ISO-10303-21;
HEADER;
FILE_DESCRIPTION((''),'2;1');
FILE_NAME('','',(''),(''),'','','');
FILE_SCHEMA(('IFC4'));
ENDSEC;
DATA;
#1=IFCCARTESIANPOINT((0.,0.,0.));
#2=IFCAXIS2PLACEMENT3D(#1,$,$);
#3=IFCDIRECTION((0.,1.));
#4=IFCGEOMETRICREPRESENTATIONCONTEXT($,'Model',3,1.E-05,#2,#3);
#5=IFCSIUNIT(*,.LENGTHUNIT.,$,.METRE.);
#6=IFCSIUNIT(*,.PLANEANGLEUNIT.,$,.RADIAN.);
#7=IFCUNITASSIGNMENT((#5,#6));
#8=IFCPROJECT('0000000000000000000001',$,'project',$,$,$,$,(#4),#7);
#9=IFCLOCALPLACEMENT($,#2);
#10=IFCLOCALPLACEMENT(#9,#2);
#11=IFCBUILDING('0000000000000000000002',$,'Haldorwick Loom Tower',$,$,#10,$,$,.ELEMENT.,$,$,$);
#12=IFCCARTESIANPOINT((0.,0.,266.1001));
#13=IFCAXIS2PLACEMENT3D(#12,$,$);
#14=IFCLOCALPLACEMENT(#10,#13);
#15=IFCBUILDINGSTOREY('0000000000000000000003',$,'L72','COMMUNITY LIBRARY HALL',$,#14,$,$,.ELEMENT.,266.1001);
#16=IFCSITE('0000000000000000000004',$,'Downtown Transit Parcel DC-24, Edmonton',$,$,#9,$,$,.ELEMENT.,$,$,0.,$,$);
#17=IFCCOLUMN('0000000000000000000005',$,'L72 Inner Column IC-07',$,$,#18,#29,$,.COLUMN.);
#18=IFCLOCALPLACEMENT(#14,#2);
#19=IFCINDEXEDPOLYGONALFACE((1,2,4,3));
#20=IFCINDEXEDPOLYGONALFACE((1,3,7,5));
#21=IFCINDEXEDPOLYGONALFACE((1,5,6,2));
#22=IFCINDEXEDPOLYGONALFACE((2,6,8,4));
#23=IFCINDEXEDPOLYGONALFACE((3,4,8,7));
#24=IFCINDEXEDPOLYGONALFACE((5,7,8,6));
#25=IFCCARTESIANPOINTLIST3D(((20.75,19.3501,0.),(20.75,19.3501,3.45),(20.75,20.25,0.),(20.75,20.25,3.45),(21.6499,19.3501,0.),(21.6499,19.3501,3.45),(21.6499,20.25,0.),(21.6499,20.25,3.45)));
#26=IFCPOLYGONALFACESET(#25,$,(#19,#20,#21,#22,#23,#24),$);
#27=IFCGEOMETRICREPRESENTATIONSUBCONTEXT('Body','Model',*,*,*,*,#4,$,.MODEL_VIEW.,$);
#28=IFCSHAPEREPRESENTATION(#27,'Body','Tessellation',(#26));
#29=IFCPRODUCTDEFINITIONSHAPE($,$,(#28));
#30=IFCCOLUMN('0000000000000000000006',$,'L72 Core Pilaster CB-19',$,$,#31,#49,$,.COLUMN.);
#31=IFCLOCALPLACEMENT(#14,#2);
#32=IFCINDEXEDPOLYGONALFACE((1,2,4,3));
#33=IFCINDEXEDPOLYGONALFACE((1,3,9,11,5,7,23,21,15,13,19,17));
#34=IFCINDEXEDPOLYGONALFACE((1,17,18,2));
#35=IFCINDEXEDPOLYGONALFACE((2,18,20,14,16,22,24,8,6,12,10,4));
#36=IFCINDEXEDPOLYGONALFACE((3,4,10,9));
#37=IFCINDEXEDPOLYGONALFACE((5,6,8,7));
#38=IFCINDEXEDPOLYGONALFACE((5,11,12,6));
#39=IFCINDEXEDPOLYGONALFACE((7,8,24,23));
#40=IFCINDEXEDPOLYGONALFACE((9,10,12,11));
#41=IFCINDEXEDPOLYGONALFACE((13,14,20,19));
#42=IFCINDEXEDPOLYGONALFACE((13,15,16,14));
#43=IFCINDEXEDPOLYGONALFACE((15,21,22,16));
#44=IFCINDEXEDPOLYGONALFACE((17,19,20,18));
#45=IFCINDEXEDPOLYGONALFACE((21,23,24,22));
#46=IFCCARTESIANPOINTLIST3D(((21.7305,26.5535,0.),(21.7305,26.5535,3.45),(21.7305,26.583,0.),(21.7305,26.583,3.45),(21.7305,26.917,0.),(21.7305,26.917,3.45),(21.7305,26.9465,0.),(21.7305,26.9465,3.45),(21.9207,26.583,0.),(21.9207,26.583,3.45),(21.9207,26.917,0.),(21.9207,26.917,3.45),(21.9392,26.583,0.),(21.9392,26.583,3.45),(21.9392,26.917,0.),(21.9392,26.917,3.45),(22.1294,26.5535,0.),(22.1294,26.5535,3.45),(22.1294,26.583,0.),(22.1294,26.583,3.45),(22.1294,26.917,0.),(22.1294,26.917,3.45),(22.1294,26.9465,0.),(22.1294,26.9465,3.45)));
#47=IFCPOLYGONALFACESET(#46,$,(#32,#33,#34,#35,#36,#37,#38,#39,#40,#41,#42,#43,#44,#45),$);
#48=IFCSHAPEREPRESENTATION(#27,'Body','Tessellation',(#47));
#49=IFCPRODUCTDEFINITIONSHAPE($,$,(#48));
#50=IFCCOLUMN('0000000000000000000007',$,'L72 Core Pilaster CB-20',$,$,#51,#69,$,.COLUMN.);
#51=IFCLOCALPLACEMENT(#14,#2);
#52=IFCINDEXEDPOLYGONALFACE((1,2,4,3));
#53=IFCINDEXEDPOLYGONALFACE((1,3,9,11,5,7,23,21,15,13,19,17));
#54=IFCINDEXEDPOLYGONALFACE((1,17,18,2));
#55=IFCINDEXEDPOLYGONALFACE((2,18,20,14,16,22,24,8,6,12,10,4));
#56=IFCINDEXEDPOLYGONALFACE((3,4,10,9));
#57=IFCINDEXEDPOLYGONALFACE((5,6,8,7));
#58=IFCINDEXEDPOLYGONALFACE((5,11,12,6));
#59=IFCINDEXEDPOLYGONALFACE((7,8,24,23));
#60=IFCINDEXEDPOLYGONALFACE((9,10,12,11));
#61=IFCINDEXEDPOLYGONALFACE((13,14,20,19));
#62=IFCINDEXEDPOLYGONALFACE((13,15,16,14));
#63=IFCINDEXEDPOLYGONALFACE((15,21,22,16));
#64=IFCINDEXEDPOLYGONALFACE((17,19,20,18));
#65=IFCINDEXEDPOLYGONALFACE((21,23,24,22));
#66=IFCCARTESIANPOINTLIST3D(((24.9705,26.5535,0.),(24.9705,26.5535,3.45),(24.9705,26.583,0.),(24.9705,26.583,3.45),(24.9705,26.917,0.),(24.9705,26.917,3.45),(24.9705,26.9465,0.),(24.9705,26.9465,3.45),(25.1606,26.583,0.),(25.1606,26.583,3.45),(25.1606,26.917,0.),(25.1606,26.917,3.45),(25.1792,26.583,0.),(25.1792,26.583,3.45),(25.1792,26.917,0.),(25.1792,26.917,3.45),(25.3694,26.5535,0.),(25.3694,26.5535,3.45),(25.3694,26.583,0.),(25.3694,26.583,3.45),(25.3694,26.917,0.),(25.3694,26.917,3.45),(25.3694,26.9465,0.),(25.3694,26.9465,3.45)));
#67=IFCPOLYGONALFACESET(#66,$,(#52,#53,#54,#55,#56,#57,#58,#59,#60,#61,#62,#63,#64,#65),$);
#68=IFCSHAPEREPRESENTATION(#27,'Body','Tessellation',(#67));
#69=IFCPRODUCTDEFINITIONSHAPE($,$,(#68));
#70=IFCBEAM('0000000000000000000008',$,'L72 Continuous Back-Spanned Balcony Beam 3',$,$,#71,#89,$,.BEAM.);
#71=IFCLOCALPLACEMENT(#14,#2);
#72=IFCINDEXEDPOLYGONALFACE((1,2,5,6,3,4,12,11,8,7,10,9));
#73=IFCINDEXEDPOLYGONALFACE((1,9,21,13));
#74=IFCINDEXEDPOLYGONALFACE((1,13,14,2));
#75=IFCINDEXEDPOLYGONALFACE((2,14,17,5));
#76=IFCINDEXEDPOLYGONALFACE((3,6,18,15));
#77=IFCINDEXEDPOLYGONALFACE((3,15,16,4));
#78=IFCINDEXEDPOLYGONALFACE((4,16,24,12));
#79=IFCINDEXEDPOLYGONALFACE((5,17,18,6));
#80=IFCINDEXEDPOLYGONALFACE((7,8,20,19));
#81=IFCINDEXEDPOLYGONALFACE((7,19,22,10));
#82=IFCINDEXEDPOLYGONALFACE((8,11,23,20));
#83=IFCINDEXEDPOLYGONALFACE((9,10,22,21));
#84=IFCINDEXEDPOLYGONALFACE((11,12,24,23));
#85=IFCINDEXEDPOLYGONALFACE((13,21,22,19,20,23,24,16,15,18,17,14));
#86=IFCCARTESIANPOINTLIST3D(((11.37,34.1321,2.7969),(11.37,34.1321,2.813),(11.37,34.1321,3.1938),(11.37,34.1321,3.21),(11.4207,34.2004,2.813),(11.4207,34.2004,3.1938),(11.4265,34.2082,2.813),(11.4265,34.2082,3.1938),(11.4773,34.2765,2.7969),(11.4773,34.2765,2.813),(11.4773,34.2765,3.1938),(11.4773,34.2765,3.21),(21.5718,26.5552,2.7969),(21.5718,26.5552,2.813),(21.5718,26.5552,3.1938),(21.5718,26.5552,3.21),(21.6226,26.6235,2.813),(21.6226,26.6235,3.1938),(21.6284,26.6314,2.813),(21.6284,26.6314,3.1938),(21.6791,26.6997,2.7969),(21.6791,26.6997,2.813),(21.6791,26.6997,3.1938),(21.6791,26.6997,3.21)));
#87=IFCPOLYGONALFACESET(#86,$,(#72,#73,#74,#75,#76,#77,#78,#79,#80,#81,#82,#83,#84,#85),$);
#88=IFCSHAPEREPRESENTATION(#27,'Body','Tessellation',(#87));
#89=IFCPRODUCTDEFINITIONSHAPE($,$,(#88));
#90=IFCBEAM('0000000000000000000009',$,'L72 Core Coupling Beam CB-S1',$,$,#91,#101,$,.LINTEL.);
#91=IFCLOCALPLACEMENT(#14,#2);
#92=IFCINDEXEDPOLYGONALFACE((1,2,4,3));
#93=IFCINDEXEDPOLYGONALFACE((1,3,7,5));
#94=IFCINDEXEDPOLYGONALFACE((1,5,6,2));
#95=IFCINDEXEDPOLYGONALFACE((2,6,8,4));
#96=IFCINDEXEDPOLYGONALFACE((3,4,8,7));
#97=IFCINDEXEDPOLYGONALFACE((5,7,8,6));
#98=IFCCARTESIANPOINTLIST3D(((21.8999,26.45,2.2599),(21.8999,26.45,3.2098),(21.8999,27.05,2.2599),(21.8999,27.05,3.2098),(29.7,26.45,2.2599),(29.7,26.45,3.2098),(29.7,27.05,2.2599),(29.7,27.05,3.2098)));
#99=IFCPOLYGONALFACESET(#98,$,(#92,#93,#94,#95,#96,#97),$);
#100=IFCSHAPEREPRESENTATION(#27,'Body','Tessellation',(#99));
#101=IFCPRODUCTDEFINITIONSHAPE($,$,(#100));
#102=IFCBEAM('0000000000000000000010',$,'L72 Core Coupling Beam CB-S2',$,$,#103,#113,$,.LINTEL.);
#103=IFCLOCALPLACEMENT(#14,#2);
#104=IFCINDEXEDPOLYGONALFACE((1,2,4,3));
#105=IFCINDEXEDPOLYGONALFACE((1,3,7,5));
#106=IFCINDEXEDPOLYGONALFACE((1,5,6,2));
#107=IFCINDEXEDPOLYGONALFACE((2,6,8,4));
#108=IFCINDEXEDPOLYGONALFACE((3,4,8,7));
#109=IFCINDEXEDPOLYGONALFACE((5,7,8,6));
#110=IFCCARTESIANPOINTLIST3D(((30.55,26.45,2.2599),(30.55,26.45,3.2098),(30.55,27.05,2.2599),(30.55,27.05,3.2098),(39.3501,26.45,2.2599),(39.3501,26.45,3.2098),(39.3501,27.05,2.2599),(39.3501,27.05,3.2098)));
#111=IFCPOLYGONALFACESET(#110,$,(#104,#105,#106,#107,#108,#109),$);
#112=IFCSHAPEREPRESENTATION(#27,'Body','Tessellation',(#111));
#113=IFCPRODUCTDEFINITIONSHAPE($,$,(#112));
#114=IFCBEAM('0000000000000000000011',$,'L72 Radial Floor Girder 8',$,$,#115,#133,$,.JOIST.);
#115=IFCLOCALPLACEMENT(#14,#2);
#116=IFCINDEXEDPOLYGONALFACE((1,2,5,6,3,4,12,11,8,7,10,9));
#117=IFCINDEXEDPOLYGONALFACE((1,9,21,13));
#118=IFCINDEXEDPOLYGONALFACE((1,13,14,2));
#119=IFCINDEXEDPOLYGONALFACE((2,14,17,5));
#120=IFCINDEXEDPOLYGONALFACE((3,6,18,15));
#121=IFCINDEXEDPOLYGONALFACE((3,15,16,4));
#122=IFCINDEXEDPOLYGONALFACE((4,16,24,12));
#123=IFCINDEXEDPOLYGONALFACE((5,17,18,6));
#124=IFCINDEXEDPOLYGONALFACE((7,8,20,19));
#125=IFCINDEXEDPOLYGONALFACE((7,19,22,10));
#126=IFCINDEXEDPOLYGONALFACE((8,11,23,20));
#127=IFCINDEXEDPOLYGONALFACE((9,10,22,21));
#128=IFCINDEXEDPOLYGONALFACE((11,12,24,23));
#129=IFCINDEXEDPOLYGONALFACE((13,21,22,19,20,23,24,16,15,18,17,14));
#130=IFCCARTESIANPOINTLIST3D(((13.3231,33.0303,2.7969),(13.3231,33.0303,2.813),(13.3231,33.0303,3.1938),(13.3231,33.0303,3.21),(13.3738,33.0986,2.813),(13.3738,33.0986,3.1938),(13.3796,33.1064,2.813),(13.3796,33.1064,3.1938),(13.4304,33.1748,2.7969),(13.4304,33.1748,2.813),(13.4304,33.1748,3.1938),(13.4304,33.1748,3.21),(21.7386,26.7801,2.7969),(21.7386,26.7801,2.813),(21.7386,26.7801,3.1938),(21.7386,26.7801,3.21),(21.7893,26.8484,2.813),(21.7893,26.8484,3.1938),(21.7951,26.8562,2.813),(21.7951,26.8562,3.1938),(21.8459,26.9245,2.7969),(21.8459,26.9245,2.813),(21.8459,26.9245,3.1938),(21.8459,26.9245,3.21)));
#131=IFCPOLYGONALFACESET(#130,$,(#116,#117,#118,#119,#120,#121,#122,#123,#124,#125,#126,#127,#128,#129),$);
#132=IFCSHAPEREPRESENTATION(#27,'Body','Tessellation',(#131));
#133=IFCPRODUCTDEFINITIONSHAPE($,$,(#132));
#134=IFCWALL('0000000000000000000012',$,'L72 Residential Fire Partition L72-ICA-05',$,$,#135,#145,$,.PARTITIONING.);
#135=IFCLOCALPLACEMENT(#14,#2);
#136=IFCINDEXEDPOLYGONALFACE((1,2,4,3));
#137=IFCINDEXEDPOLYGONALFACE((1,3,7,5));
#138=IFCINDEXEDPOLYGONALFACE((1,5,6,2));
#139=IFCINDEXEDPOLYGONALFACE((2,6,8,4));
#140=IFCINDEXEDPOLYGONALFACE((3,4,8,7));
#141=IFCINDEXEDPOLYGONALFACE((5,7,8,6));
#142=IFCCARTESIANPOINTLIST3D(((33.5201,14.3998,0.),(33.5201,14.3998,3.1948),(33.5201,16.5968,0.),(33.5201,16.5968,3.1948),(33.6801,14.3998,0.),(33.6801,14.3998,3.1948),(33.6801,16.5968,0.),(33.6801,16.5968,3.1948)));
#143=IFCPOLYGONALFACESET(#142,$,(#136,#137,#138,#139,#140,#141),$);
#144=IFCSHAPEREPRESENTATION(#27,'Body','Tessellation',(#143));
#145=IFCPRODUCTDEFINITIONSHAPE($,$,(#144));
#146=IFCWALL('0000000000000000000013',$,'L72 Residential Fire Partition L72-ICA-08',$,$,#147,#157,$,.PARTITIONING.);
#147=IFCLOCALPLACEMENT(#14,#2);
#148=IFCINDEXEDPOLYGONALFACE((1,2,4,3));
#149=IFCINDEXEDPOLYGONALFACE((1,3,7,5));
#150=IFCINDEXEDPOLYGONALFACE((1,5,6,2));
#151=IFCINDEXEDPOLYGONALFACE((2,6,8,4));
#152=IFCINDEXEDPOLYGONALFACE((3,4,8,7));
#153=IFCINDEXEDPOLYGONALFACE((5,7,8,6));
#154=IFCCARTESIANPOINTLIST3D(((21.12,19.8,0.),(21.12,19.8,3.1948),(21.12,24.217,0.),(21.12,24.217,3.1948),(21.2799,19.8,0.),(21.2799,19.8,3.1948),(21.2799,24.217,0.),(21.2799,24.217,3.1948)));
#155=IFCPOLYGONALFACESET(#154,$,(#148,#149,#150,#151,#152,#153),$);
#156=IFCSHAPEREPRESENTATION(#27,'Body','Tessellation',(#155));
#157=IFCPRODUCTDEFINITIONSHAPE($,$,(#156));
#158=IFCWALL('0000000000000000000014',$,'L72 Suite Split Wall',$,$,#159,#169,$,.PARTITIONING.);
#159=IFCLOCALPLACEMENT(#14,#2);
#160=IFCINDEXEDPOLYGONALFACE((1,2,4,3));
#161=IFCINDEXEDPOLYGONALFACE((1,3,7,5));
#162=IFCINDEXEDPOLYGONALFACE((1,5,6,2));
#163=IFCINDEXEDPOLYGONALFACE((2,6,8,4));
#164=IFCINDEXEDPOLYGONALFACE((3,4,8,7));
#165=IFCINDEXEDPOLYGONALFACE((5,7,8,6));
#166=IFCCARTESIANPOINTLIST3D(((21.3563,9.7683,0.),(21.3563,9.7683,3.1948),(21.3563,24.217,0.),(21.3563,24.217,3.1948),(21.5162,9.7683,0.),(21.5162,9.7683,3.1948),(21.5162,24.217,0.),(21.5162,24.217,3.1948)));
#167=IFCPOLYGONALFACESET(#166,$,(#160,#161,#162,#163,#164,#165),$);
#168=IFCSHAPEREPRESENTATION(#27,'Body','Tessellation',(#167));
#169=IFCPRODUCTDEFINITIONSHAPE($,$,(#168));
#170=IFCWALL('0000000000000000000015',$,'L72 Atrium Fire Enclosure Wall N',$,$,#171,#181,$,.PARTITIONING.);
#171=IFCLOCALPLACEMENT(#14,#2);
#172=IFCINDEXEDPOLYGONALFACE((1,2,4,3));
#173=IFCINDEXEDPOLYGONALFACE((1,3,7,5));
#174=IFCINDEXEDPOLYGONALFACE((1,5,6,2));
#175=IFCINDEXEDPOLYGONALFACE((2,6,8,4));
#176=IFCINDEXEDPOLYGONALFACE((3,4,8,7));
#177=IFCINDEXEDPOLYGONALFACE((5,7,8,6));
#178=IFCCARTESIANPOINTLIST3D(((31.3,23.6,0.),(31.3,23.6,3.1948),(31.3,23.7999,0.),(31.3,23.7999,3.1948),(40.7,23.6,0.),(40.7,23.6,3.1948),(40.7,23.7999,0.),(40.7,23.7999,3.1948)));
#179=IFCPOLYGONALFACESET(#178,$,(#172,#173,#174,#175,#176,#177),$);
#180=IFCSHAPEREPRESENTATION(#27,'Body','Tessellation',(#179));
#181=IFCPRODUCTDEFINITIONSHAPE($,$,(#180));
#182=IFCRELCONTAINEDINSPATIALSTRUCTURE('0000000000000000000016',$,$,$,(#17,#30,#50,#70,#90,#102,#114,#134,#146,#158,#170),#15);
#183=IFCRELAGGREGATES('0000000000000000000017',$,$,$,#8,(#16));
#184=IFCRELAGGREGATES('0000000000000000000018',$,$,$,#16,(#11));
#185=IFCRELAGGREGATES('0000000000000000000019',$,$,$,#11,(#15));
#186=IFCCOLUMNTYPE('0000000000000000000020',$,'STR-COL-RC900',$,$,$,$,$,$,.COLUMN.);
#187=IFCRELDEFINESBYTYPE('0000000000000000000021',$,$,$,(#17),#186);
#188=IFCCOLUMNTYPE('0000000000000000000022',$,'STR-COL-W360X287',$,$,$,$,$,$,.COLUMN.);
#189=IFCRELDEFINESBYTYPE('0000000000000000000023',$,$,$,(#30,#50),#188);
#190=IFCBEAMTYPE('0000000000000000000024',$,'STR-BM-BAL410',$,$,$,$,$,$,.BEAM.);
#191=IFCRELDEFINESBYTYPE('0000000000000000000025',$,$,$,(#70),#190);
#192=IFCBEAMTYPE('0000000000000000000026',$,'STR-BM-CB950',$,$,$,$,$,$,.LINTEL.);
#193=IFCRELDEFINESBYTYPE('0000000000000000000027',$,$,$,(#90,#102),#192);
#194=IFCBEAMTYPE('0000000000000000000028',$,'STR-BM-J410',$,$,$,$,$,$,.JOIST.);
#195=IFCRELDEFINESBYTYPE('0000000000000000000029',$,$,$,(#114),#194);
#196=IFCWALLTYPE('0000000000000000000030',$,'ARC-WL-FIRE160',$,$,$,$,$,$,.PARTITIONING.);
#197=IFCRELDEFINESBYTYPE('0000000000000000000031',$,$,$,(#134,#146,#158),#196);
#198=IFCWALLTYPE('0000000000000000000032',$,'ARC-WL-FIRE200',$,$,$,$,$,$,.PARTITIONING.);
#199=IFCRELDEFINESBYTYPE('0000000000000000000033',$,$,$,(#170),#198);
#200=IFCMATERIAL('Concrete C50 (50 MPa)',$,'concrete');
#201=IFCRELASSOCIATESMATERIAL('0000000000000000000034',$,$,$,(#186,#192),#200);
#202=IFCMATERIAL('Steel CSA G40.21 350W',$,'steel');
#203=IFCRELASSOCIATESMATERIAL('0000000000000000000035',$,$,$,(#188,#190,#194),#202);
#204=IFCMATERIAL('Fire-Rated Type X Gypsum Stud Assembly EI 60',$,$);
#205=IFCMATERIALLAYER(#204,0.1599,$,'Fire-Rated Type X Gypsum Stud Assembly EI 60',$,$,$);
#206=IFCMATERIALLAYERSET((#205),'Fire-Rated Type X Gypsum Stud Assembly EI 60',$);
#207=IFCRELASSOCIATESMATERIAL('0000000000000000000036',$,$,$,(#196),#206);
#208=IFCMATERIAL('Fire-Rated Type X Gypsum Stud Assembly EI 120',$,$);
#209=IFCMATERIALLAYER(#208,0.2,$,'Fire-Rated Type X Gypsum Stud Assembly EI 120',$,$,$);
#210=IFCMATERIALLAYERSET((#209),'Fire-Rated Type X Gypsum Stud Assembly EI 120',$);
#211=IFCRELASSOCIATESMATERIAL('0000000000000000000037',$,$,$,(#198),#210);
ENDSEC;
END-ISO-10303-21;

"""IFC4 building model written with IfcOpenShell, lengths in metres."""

from ifc_helpers import new_model, si_unit, direction, frame, frame_2d, origin, origin_2d, place, context, subcontext, project, spatial, rectangle, i_section, extrude, material, layer, layer_set, material_profile, profile_set, type_object, element, save


model = new_model("IFC4")

# Units and contexts
model_context = context("Model", 3, precision=1e-05, world=origin(), true_north=direction((0.0, 1.0)))
body_context = subcontext(model_context, "Body", "Model", "MODEL_VIEW")
ifc_project = project(units=[si_unit("LENGTHUNIT", "METRE"), si_unit("PLANEANGLEUNIT", "RADIAN")], contexts=[model_context])

# Site, building, storey
site_placement = place(None, origin())
site = spatial("IfcSite", under=ifc_project, at=site_placement, Name="Downtown Transit Parcel DC-24, Edmonton", CompositionType="ELEMENT", RefElevation=0.0)
building_placement = place(site_placement, origin())
building = spatial("IfcBuilding", under=site, at=building_placement, Name="Haldorwick Loom Tower", CompositionType="ELEMENT")
storey_placement = place(building_placement, frame((0.0, 0.0, 266.1001)))
storey = spatial("IfcBuildingStorey", under=building, at=storey_placement, Name="L72", Description="COMMUNITY LIBRARY HALL", CompositionType="ELEMENT", Elevation=266.1001)

# Columns
ifc_material_1 = material(Name="Concrete C50 (50 MPa)", Category="concrete")
ifc_material_profile_1 = material_profile(ifc_material_1, rectangle(XDim=0.8999, YDim=0.8999, at=origin_2d()), Name="RC900X900", Category="concrete")
ifc_profile_set_1 = profile_set([ifc_material_profile_1], Name="Concrete C50 (50 MPa)")
column_type_1 = type_object("IfcColumnType", Name="STR-COL-RC900", PredefinedType="COLUMN", material=ifc_profile_set_1)
column_placement = place(storey_placement, frame((21.2, 19.8, 0.0), z_axis=(0.0, 0.0, 1.0), x_axis=(1.0, 0.0, 0.0)))
element("IfcColumn", 1, at=column_placement, inside=storey, type_object=column_type_1, Name="L72 Inner Column IC-07", PredefinedType="COLUMN", context=body_context, shape_type="SweptSolid", body=[
    extrude(rectangle(XDim=0.8999, YDim=0.8999, at=origin_2d()), origin(), (0.0, 0.0, 1.0), 3.45),
])
ifc_material_2 = material(Name="Steel CSA G40.21 350W", Category="steel")
ifc_material_profile_2 = material_profile(ifc_material_2, i_section(OverallWidth=0.3989, OverallDepth=0.3931, WebThickness=0.0186, FlangeThickness=0.0295, at=origin_2d()), Name="W360X287", Category="steel")
ifc_profile_set_2 = profile_set([ifc_material_profile_2], Name="Steel CSA G40.21 350W")
column_type_2 = type_object("IfcColumnType", Name="STR-COL-W360X287", PredefinedType="COLUMN", material=ifc_profile_set_2)
for number, where, z_axis, x_axis, name in (
    (2, (21.9299, 26.75, 0.0), (0.0, 0.0, 1.0), (1.0, 0.0, 0.0), "L72 Core Pilaster CB-19"),
    (3, (25.1699, 26.75, 0.0), (0.0, 0.0, 1.0), (1.0, 0.0, 0.0), "L72 Core Pilaster CB-20"),
):
    element("IfcColumn", number, at=place(storey_placement, frame(where, z_axis=z_axis, x_axis=x_axis)), inside=storey, type_object=column_type_2, Name=name, PredefinedType="COLUMN", context=body_context, shape_type="SweptSolid", body=[
        extrude(i_section(OverallWidth=0.3989, OverallDepth=0.3931, WebThickness=0.0186, FlangeThickness=0.0295, at=origin_2d()), origin(), (0.0, 0.0, 1.0), 3.45),
    ])

# Beams
ifc_material_profile_3 = material_profile(ifc_material_2, i_section(OverallWidth=0.1799, OverallDepth=0.4131, WebThickness=0.0098, FlangeThickness=0.0161, at=origin_2d()), Name="W410X74", Category="steel")
ifc_profile_set_3 = profile_set([ifc_material_profile_3], Name="Steel CSA G40.21 350W")
beam_type_1 = type_object("IfcBeamType", Name="STR-BM-BAL410", PredefinedType="BEAM", material=ifc_profile_set_3)
beam_1_placement = place(storey_placement, frame((21.6255, 26.6274, 3.0034), z_axis=(-0.802806, 0.59624, 0.0), x_axis=(-0.59624, -0.802806, 0.0)))
element("IfcBeam", 4, at=beam_1_placement, inside=storey, type_object=beam_type_1, Name="L72 Continuous Back-Spanned Balcony Beam 3", PredefinedType="BEAM", context=body_context, shape_type="SweptSolid", body=[
    extrude(i_section(OverallWidth=0.1799, OverallDepth=0.4131, WebThickness=0.0098, FlangeThickness=0.0161, at=origin_2d()), origin(), (0.0, 0.0, 1.0), 12.7078),
])
ifc_material_profile_4 = material_profile(ifc_material_1, rectangle(XDim=0.6001, YDim=0.95, at=origin_2d()), Name="RC600X950", Category="concrete")
ifc_profile_set_4 = profile_set([ifc_material_profile_4], Name="Concrete C50 (50 MPa)")
beam_type_2 = type_object("IfcBeamType", Name="STR-BM-CB950", PredefinedType="LINTEL", material=ifc_profile_set_4)
beam_2_placement = place(storey_placement, frame((21.8999, 26.75, 2.7349), z_axis=(1.0, 0.0, 0.0), x_axis=(0.0, 1.0, 0.0)))
element("IfcBeam", 5, at=beam_2_placement, inside=storey, type_object=beam_type_2, Name="L72 Core Coupling Beam CB-S1", PredefinedType="LINTEL", context=body_context, shape_type="SweptSolid", body=[
    extrude(rectangle(XDim=0.6001, YDim=0.95, at=origin_2d()), origin(), (0.0, 0.0, 1.0), 7.8),
])
beam_3_placement = place(storey_placement, frame((30.55, 26.75, 2.7349), z_axis=(1.0, 0.0, 0.0), x_axis=(0.0, 1.0, 0.0)))
element("IfcBeam", 6, at=beam_3_placement, inside=storey, type_object=beam_type_2, Name="L72 Core Coupling Beam CB-S2", PredefinedType="LINTEL", context=body_context, shape_type="SweptSolid", body=[
    extrude(rectangle(XDim=0.6001, YDim=0.95, at=origin_2d()), origin(), (0.0, 0.0, 1.0), 8.8),
])
ifc_material_profile_5 = material_profile(ifc_material_2, i_section(OverallWidth=0.1799, OverallDepth=0.4131, WebThickness=0.0098, FlangeThickness=0.0161, at=origin_2d()), Name="W410X74", Category="steel")
ifc_profile_set_5 = profile_set([ifc_material_profile_5], Name="Steel CSA G40.21 350W")
beam_type_3 = type_object("IfcBeamType", Name="STR-BM-J410", PredefinedType="JOIST", material=ifc_profile_set_5)
beam_4_placement = place(storey_placement, frame((21.7922, 26.8523, 3.0034), z_axis=(-0.802803, 0.596245, 0.0), x_axis=(-0.596245, -0.802803, 0.0)))
element("IfcBeam", 7, at=beam_4_placement, inside=storey, type_object=beam_type_3, Name="L72 Radial Floor Girder 8", PredefinedType="JOIST", context=body_context, shape_type="SweptSolid", body=[
    extrude(i_section(OverallWidth=0.1799, OverallDepth=0.4131, WebThickness=0.0098, FlangeThickness=0.0161, at=origin_2d()), origin(), (0.0, 0.0, 1.0), 10.4827),
])

# Walls
ifc_material_3 = material(Name="Fire-Rated Type X Gypsum Stud Assembly EI 60")
ifc_layer_1 = layer(ifc_material_3, 0.1599, Name="Fire-Rated Type X Gypsum Stud Assembly EI 60")
ifc_layer_set_1 = layer_set([ifc_layer_1], Name="Fire-Rated Type X Gypsum Stud Assembly EI 60")
wall_type_1 = type_object("IfcWallType", Name="ARC-WL-FIRE160", PredefinedType="PARTITIONING", material=ifc_layer_set_1)
wall_1_placement = place(storey_placement, frame((33.6001, 16.5969, 0.0), z_axis=(0.0, 0.0, 1.0), x_axis=(0.0, -1.0, 0.0)))
element("IfcWall", 8, at=wall_1_placement, inside=storey, type_object=wall_type_1, Name="L72 Residential Fire Partition L72-ICA-05", PredefinedType="PARTITIONING", context=body_context, shape_type="SweptSolid", body=[
    extrude(rectangle(XDim=2.197, YDim=0.1599, at=frame_2d((1.0986, 0.0))), origin(), (0.0, 0.0, 1.0), 3.1948),
])
wall_2_placement = place(storey_placement, frame((21.2, 24.217, 0.0), z_axis=(0.0, 0.0, 1.0), x_axis=(0.0, -1.0, 0.0)))
element("IfcWall", 9, at=wall_2_placement, inside=storey, type_object=wall_type_1, Name="L72 Residential Fire Partition L72-ICA-08", PredefinedType="PARTITIONING", context=body_context, shape_type="SweptSolid", body=[
    extrude(rectangle(XDim=4.417, YDim=0.1599, at=frame_2d((2.2085, 0.0))), origin(), (0.0, 0.0, 1.0), 3.1948),
])
wall_3_placement = place(storey_placement, frame((21.4363, 24.217, 0.0), z_axis=(0.0, 0.0, 1.0), x_axis=(0.0, -1.0, 0.0)))
element("IfcWall", 10, at=wall_3_placement, inside=storey, type_object=wall_type_1, Name="L72 Suite Split Wall", PredefinedType="PARTITIONING", context=body_context, shape_type="SweptSolid", body=[
    extrude(rectangle(XDim=14.4487, YDim=0.1599, at=frame_2d((7.2244, 0.0))), origin(), (0.0, 0.0, 1.0), 3.1948),
])
ifc_material_4 = material(Name="Fire-Rated Type X Gypsum Stud Assembly EI 120")
ifc_layer_2 = layer(ifc_material_4, 0.2, Name="Fire-Rated Type X Gypsum Stud Assembly EI 120")
ifc_layer_set_2 = layer_set([ifc_layer_2], Name="Fire-Rated Type X Gypsum Stud Assembly EI 120")
wall_type_2 = type_object("IfcWallType", Name="ARC-WL-FIRE200", PredefinedType="PARTITIONING", material=ifc_layer_set_2)
wall_4_placement = place(storey_placement, frame((31.3, 23.7, 0.0), z_axis=(0.0, 0.0, 1.0), x_axis=(1.0, 0.0, 0.0)))
element("IfcWall", 11, at=wall_4_placement, inside=storey, type_object=wall_type_2, Name="L72 Atrium Fire Enclosure Wall N", PredefinedType="PARTITIONING", context=body_context, shape_type="SweptSolid", body=[
    extrude(rectangle(XDim=9.3999, YDim=0.2, at=frame_2d((4.7, 0.0))), origin(), (0.0, 0.0, 1.0), 3.1948),
])

save(model, "model.ifc")
